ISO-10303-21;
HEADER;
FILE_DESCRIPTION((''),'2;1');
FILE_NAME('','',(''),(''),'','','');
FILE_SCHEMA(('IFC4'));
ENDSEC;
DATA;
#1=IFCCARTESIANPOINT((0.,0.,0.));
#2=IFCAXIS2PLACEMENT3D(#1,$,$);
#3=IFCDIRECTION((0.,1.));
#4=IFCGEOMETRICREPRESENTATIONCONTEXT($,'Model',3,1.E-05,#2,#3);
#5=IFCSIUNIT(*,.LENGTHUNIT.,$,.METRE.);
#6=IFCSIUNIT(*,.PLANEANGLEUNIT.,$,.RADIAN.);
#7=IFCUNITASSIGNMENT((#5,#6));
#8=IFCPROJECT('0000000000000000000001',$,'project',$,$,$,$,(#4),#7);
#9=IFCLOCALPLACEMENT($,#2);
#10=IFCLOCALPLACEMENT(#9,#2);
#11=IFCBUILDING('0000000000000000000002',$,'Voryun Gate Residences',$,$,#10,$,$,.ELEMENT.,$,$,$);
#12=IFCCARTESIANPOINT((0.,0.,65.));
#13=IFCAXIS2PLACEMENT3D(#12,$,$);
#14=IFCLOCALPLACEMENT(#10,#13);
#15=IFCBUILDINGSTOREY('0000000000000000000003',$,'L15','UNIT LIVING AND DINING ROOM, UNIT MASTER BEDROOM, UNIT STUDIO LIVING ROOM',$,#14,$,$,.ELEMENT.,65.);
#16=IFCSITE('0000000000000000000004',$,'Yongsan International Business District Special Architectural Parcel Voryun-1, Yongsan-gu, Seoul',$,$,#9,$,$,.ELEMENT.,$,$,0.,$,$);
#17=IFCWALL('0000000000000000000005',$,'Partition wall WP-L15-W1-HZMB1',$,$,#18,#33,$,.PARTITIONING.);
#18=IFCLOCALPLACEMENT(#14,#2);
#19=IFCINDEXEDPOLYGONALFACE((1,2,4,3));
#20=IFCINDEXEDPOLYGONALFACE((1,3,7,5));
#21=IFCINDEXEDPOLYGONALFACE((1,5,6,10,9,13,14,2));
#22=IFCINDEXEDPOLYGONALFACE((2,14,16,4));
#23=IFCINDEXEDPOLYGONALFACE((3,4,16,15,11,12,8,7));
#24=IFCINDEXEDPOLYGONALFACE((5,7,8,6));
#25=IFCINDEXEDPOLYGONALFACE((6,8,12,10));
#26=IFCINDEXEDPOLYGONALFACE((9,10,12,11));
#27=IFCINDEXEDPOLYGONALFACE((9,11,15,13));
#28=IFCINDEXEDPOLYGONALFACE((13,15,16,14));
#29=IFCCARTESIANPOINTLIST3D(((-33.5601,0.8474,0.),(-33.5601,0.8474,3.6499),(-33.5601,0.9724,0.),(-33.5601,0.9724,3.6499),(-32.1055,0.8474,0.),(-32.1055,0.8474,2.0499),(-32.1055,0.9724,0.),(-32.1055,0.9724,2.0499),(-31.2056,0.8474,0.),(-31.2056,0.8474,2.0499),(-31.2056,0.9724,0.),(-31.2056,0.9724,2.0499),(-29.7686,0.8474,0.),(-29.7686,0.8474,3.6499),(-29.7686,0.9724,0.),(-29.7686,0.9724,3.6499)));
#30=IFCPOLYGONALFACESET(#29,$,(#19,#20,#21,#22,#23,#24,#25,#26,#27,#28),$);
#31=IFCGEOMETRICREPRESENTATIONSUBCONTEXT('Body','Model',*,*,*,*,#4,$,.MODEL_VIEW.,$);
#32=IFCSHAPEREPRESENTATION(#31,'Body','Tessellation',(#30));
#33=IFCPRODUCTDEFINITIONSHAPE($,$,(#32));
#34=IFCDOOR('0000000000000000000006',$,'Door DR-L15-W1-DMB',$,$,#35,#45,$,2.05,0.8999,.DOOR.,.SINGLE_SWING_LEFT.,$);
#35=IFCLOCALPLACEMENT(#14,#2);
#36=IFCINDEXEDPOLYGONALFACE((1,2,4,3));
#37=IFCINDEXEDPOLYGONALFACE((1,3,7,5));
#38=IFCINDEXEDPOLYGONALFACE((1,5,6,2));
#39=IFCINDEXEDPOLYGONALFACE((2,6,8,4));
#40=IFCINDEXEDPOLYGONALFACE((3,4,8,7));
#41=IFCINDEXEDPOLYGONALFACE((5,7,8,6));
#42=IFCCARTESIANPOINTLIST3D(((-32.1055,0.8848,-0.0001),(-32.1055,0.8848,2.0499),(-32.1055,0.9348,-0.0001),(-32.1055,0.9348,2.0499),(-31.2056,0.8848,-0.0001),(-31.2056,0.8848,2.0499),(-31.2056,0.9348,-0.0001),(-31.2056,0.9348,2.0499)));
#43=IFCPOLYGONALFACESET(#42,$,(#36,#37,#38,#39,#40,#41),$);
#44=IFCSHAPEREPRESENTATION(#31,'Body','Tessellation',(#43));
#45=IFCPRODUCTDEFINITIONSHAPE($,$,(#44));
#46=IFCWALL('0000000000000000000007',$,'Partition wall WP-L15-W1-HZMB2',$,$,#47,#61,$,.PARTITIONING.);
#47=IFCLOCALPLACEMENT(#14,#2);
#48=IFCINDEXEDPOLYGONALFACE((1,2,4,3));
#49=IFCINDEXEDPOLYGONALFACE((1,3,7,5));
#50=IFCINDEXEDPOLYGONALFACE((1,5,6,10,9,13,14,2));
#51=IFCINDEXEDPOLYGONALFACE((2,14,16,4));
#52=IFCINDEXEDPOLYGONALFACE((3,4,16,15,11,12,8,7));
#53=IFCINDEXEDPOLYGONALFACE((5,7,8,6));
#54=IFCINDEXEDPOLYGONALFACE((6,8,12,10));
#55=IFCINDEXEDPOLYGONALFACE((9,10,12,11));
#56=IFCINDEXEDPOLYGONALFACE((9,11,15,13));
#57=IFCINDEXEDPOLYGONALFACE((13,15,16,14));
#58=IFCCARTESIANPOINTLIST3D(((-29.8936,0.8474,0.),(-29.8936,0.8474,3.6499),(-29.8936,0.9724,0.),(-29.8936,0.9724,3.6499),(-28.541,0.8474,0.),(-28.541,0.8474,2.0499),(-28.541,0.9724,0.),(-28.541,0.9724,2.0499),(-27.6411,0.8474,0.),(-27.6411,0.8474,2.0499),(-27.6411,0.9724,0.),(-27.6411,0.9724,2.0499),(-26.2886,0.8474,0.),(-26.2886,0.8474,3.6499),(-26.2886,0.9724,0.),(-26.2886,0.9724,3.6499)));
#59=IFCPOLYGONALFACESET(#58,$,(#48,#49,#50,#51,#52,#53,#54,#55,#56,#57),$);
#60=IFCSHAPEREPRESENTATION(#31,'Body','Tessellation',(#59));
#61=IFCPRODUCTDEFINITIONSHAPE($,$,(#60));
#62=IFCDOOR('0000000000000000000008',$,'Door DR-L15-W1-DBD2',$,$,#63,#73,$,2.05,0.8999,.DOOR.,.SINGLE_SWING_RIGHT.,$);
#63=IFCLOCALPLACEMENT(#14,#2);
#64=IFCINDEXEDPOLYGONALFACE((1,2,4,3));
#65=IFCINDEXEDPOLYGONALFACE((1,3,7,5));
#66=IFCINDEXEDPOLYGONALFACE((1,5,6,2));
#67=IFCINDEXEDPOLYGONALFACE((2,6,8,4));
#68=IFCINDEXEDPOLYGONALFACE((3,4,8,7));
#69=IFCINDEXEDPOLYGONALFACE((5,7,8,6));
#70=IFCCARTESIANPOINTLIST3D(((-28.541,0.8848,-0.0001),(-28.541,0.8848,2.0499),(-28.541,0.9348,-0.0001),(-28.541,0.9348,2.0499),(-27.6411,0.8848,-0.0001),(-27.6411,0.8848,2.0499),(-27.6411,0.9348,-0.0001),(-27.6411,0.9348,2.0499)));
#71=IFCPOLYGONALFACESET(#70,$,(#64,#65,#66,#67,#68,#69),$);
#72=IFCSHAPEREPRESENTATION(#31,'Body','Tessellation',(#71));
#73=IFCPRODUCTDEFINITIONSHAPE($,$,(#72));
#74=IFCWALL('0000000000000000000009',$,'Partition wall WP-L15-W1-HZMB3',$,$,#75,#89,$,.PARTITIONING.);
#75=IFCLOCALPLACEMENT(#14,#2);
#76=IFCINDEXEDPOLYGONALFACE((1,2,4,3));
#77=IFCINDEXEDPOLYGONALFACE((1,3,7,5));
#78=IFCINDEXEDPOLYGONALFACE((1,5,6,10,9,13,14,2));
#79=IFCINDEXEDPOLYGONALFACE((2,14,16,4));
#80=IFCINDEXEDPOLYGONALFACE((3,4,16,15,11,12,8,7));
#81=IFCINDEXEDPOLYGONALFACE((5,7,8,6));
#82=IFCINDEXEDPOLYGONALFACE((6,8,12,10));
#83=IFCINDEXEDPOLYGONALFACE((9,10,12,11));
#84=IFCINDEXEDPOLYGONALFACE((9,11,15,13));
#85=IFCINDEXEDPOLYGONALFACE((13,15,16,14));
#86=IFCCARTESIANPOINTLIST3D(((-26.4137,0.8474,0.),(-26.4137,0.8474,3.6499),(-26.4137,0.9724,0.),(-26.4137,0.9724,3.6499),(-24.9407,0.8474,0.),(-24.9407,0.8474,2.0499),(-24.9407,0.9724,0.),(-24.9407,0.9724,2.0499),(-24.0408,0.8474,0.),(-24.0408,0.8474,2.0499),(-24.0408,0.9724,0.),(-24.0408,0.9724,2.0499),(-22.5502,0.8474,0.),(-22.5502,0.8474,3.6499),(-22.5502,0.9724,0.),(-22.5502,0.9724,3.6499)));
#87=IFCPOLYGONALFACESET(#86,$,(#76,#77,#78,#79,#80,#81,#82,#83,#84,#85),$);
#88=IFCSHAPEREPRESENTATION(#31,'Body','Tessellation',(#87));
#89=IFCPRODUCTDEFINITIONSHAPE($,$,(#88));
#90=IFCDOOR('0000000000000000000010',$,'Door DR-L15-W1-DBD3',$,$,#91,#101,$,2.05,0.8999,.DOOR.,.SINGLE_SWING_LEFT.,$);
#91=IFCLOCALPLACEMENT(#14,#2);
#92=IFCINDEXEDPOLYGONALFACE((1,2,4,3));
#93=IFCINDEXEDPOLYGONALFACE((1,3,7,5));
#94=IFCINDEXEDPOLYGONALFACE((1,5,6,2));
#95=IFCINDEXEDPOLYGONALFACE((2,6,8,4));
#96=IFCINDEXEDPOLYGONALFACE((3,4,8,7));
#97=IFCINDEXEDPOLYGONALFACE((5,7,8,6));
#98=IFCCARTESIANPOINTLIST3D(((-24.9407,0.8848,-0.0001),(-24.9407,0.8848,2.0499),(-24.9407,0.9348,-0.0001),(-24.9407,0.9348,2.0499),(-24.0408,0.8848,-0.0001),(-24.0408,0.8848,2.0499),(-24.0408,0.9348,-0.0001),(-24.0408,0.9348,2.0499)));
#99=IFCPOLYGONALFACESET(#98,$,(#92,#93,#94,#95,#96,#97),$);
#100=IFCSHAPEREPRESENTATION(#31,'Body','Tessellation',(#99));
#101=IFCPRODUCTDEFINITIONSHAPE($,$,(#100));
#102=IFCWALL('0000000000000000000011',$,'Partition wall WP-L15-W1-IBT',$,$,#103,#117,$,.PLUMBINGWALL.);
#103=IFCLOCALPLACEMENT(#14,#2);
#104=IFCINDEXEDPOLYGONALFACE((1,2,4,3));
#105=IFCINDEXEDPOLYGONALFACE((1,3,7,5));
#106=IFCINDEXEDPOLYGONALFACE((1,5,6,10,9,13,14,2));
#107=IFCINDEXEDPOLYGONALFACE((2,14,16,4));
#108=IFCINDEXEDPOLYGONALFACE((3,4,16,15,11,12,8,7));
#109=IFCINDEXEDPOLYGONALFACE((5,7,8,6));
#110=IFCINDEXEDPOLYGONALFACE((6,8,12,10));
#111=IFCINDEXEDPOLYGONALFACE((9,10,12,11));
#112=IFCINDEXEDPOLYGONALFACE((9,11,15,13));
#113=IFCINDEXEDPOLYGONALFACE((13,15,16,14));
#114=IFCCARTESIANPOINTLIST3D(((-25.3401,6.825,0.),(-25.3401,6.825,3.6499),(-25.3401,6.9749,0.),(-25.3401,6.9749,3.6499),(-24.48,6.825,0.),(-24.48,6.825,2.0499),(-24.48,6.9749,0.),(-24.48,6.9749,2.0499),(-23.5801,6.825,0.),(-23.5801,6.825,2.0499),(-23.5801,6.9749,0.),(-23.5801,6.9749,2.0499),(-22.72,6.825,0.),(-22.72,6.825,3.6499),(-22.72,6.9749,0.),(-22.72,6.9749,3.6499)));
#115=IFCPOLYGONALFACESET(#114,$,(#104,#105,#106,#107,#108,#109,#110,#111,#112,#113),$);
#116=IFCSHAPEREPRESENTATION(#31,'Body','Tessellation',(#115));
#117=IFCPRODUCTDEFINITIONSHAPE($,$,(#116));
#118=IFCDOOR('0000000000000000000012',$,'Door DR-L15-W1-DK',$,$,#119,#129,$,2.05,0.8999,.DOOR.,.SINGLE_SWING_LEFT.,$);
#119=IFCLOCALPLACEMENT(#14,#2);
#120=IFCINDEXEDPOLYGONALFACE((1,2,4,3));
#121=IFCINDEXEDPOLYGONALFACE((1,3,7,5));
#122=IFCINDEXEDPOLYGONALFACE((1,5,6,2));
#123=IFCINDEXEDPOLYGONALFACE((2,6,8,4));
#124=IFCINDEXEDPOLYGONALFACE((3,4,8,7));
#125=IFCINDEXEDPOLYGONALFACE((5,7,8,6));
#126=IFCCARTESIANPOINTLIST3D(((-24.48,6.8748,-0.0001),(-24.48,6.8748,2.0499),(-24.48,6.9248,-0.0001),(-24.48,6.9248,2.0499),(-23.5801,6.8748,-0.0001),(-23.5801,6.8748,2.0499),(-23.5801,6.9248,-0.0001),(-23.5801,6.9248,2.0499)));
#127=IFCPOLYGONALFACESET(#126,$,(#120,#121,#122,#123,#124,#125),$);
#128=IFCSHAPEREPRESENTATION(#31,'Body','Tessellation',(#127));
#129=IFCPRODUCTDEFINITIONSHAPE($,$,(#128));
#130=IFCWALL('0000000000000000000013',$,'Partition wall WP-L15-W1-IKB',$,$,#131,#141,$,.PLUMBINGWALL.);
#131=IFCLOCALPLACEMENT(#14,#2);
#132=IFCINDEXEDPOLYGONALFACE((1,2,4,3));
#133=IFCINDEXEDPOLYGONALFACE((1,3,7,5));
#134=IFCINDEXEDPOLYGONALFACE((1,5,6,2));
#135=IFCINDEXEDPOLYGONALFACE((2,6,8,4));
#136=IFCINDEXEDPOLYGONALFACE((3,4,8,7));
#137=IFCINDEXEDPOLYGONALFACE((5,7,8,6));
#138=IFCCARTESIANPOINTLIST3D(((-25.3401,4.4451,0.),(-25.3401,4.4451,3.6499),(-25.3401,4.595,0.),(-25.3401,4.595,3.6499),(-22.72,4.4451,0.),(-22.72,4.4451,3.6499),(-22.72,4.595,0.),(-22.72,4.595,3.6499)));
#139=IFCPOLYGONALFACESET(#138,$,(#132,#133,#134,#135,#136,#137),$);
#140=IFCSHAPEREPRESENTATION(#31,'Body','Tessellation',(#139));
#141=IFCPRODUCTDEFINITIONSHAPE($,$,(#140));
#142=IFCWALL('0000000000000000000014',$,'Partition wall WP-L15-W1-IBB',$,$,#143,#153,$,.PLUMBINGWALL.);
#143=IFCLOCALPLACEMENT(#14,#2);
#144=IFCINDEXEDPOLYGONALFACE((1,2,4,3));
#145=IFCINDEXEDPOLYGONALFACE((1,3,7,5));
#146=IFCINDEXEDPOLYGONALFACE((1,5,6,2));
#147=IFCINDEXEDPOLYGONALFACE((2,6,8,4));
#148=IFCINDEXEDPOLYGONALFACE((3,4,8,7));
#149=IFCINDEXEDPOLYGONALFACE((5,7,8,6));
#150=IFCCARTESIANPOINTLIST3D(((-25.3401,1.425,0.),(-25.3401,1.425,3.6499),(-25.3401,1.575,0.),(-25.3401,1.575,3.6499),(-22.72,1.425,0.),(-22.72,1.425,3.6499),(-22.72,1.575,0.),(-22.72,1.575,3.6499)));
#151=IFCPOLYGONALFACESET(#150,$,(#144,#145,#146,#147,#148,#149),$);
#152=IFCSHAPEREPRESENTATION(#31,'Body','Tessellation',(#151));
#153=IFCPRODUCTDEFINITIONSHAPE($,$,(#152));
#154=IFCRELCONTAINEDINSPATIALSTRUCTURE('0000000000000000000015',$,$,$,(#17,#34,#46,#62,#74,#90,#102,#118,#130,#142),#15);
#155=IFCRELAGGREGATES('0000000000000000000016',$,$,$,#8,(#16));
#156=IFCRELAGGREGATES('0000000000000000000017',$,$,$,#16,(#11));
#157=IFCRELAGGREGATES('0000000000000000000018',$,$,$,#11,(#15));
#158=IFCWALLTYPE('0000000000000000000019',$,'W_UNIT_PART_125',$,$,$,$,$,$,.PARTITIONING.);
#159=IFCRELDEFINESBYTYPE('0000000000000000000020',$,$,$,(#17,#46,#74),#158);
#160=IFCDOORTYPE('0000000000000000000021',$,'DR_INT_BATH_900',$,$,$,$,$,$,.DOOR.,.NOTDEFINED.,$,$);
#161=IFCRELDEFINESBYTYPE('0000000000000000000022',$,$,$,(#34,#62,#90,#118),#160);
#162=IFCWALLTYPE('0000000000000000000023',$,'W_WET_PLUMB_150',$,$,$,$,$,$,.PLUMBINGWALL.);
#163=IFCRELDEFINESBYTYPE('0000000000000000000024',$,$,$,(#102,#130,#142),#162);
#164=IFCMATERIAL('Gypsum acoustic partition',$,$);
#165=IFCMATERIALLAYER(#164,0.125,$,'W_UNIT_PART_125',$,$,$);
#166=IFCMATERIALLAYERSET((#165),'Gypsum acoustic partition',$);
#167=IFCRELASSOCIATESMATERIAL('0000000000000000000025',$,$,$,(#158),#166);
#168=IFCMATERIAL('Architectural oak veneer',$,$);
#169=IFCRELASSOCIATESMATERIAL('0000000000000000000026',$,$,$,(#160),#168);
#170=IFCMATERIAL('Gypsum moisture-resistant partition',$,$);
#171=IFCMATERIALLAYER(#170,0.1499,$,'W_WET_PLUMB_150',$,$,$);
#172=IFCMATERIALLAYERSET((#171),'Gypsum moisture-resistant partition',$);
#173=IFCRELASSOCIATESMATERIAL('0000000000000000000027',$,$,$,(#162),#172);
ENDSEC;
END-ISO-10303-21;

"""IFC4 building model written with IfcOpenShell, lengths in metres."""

from ifc_helpers import new_model, si_unit, direction, frame, frame_2d, origin, place, context, subcontext, project, spatial, rectangle, extrude, material, layer, layer_set, type_object, element, fill, save


model = new_model("IFC4")

# Units and contexts
model_context = context("Model", 3, precision=1e-05, world=origin(), true_north=direction((0.0, 1.0)))
body_context = subcontext(model_context, "Body", "Model", "MODEL_VIEW")
ifc_project = project(units=[si_unit("LENGTHUNIT", "METRE"), si_unit("PLANEANGLEUNIT", "RADIAN")], contexts=[model_context])

# Site, building, storey
site_placement = place(None, origin())
site = spatial("IfcSite", under=ifc_project, at=site_placement, Name="Yongsan International Business District Special Architectural Parcel Voryun-1, Yongsan-gu, Seoul", CompositionType="ELEMENT", RefElevation=0.0)
building_placement = place(site_placement, origin())
building = spatial("IfcBuilding", under=site, at=building_placement, Name="Voryun Gate Residences", CompositionType="ELEMENT")
storey_placement = place(building_placement, frame((0.0, 0.0, 65.0)))
storey = spatial("IfcBuildingStorey", under=building, at=storey_placement, Name="L15", Description="UNIT LIVING AND DINING ROOM, UNIT MASTER BEDROOM, UNIT STUDIO LIVING ROOM", CompositionType="ELEMENT", Elevation=65.0)

# Walls, openings, doors
ifc_material_1 = material(Name="Gypsum acoustic partition")
ifc_layer_1 = layer(ifc_material_1, 0.125, Name="W_UNIT_PART_125")
ifc_layer_set_1 = layer_set([ifc_layer_1], Name="Gypsum acoustic partition")
wall_type_1 = type_object("IfcWallType", Name="W_UNIT_PART_125", PredefinedType="PARTITIONING", material=ifc_layer_set_1)
wall_1_placement = place(storey_placement, frame((-33.5601, 0.9099, 0.0), z_axis=(0.0, 0.0, 1.0), x_axis=(1.0, 0.0, 0.0)))
wall_1 = element("IfcWall", 1, at=wall_1_placement, inside=storey, type_object=wall_type_1, Name="Partition wall WP-L15-W1-HZMB1", PredefinedType="PARTITIONING", context=body_context, shape_type="SweptSolid", body=[
    extrude(rectangle(XDim=3.7915, YDim=0.125, at=frame_2d((1.8958, 0.0))), origin(), (0.0, 0.0, 1.0), 3.6499),
])
opening_1_placement = place(wall_1_placement, frame((1.4546, 0.0, 0.0)))
opening_1 = element("IfcOpeningElement", 2, at=opening_1_placement, cuts=wall_1, PredefinedType="OPENING", context=body_context, shape_type="SweptSolid", body=[
    extrude(rectangle(XDim=0.8999, YDim=2.05, at=frame_2d((0.45, 1.0249))), frame((0.0, 0.0725, 0.0), z_axis=(0.0, -1.0, 0.0), x_axis=(1.0, 0.0, 0.0)), (0.0, 0.0, 1.0), 0.145),
])
ifc_material_2 = material(Name="Architectural oak veneer")
door_type_1 = type_object("IfcDoorType", Name="DR_INT_BATH_900", OperationType="NOTDEFINED", PredefinedType="DOOR", material=ifc_material_2)
door_1_placement = place(opening_1_placement, origin())
door_1 = element("IfcDoor", 3, at=door_1_placement, inside=storey, type_object=door_type_1, Name="Door DR-L15-W1-DMB", OperationType="SINGLE_SWING_LEFT", OverallHeight=2.05, OverallWidth=0.8999, PredefinedType="DOOR", context=body_context, shape_type="SweptSolid", body=[
    extrude(rectangle(XDim=0.8999, YDim=2.05, at=frame_2d((0.45, 1.0249))), frame((0.0, 0.0249, 0.0), z_axis=(0.0, -1.0, 0.0), x_axis=(1.0, 0.0, 0.0)), (0.0, 0.0, 1.0), 0.05),
])
fill(opening_1, door_1)
wall_2_placement = place(storey_placement, frame((-29.8936, 0.9099, 0.0), z_axis=(0.0, 0.0, 1.0), x_axis=(1.0, 0.0, 0.0)))
wall_2 = element("IfcWall", 4, at=wall_2_placement, inside=storey, type_object=wall_type_1, Name="Partition wall WP-L15-W1-HZMB2", PredefinedType="PARTITIONING", context=body_context, shape_type="SweptSolid", body=[
    extrude(rectangle(XDim=3.605, YDim=0.125, at=frame_2d((1.8025, 0.0))), origin(), (0.0, 0.0, 1.0), 3.6499),
])
opening_2_placement = place(wall_2_placement, frame((1.3525, 0.0, 0.0)))
opening_2 = element("IfcOpeningElement", 5, at=opening_2_placement, cuts=wall_2, PredefinedType="OPENING", context=body_context, shape_type="SweptSolid", body=[
    extrude(rectangle(XDim=0.8999, YDim=2.05, at=frame_2d((0.45, 1.0249))), frame((0.0, 0.0725, 0.0), z_axis=(0.0, -1.0, 0.0), x_axis=(1.0, 0.0, 0.0)), (0.0, 0.0, 1.0), 0.145),
])
door_2_placement = place(opening_2_placement, origin())
door_2 = element("IfcDoor", 6, at=door_2_placement, inside=storey, type_object=door_type_1, Name="Door DR-L15-W1-DBD2", OperationType="SINGLE_SWING_RIGHT", OverallHeight=2.05, OverallWidth=0.8999, PredefinedType="DOOR", context=body_context, shape_type="SweptSolid", body=[
    extrude(rectangle(XDim=0.8999, YDim=2.05, at=frame_2d((0.45, 1.0249))), frame((0.0, 0.0249, 0.0), z_axis=(0.0, -1.0, 0.0), x_axis=(1.0, 0.0, 0.0)), (0.0, 0.0, 1.0), 0.05),
])
fill(opening_2, door_2)
wall_3_placement = place(storey_placement, frame((-26.4136, 0.9099, 0.0), z_axis=(0.0, 0.0, 1.0), x_axis=(1.0, 0.0, 0.0)))
wall_3 = element("IfcWall", 7, at=wall_3_placement, inside=storey, type_object=wall_type_1, Name="Partition wall WP-L15-W1-HZMB3", PredefinedType="PARTITIONING", context=body_context, shape_type="SweptSolid", body=[
    extrude(rectangle(XDim=3.8635, YDim=0.125, at=frame_2d((1.9316, 0.0))), origin(), (0.0, 0.0, 1.0), 3.6499),
])
opening_3_placement = place(wall_3_placement, frame((1.4729, 0.0, 0.0)))
opening_3 = element("IfcOpeningElement", 8, at=opening_3_placement, cuts=wall_3, PredefinedType="OPENING", context=body_context, shape_type="SweptSolid", body=[
    extrude(rectangle(XDim=0.8999, YDim=2.05, at=frame_2d((0.45, 1.0249))), frame((0.0, 0.0725, 0.0), z_axis=(0.0, -1.0, 0.0), x_axis=(1.0, 0.0, 0.0)), (0.0, 0.0, 1.0), 0.145),
])
door_3_placement = place(opening_3_placement, origin())
door_3 = element("IfcDoor", 9, at=door_3_placement, inside=storey, type_object=door_type_1, Name="Door DR-L15-W1-DBD3", OperationType="SINGLE_SWING_LEFT", OverallHeight=2.05, OverallWidth=0.8999, PredefinedType="DOOR", context=body_context, shape_type="SweptSolid", body=[
    extrude(rectangle(XDim=0.8999, YDim=2.05, at=frame_2d((0.45, 1.0249))), frame((0.0, 0.0249, 0.0), z_axis=(0.0, -1.0, 0.0), x_axis=(1.0, 0.0, 0.0)), (0.0, 0.0, 1.0), 0.05),
])
fill(opening_3, door_3)
ifc_material_3 = material(Name="Gypsum moisture-resistant partition")
ifc_layer_2 = layer(ifc_material_3, 0.1499, Name="W_WET_PLUMB_150")
ifc_layer_set_2 = layer_set([ifc_layer_2], Name="Gypsum moisture-resistant partition")
wall_type_2 = type_object("IfcWallType", Name="W_WET_PLUMB_150", PredefinedType="PLUMBINGWALL", material=ifc_layer_set_2)
wall_4_placement = place(storey_placement, frame((-25.3401, 6.8999, 0.0), z_axis=(0.0, 0.0, 1.0), x_axis=(1.0, 0.0, 0.0)))
wall_4 = element("IfcWall", 10, at=wall_4_placement, inside=storey, type_object=wall_type_2, Name="Partition wall WP-L15-W1-IBT", PredefinedType="PLUMBINGWALL", context=body_context, shape_type="SweptSolid", body=[
    extrude(rectangle(XDim=2.6201, YDim=0.1499, at=frame_2d((1.3101, 0.0))), origin(), (0.0, 0.0, 1.0), 3.6499),
])
opening_4_placement = place(wall_4_placement, frame((0.8601, 0.0, 0.0)))
opening_4 = element("IfcOpeningElement", 11, at=opening_4_placement, cuts=wall_4, PredefinedType="OPENING", context=body_context, shape_type="SweptSolid", body=[
    extrude(rectangle(XDim=0.8999, YDim=2.05, at=frame_2d((0.45, 1.0249))), frame((0.0, 0.085, 0.0), z_axis=(0.0, -1.0, 0.0), x_axis=(1.0, 0.0, 0.0)), (0.0, 0.0, 1.0), 0.1699),
])
door_4_placement = place(opening_4_placement, origin())
door_4 = element("IfcDoor", 12, at=door_4_placement, inside=storey, type_object=door_type_1, Name="Door DR-L15-W1-DK", OperationType="SINGLE_SWING_LEFT", OverallHeight=2.05, OverallWidth=0.8999, PredefinedType="DOOR", context=body_context, shape_type="SweptSolid", body=[
    extrude(rectangle(XDim=0.8999, YDim=2.05, at=frame_2d((0.45, 1.0249))), frame((0.0, 0.0249, 0.0), z_axis=(0.0, -1.0, 0.0), x_axis=(1.0, 0.0, 0.0)), (0.0, 0.0, 1.0), 0.05),
])
fill(opening_4, door_4)

# Walls
for number, where, z_axis, x_axis, name in (
    (13, (-25.3401, 4.52, 0.0), (0.0, 0.0, 1.0), (1.0, 0.0, 0.0), "Partition wall WP-L15-W1-IKB"),
    (14, (-25.3401, 1.5, 0.0), (0.0, 0.0, 1.0), (1.0, 0.0, 0.0), "Partition wall WP-L15-W1-IBB"),
):
    element("IfcWall", number, at=place(storey_placement, frame(where, z_axis=z_axis, x_axis=x_axis)), inside=storey, type_object=wall_type_2, Name=name, PredefinedType="PLUMBINGWALL", context=body_context, shape_type="SweptSolid", body=[
        extrude(rectangle(XDim=2.6201, YDim=0.1499, at=frame_2d((1.3101, 0.0))), origin(), (0.0, 0.0, 1.0), 3.6499),
    ])

save(model, "model.ifc")
